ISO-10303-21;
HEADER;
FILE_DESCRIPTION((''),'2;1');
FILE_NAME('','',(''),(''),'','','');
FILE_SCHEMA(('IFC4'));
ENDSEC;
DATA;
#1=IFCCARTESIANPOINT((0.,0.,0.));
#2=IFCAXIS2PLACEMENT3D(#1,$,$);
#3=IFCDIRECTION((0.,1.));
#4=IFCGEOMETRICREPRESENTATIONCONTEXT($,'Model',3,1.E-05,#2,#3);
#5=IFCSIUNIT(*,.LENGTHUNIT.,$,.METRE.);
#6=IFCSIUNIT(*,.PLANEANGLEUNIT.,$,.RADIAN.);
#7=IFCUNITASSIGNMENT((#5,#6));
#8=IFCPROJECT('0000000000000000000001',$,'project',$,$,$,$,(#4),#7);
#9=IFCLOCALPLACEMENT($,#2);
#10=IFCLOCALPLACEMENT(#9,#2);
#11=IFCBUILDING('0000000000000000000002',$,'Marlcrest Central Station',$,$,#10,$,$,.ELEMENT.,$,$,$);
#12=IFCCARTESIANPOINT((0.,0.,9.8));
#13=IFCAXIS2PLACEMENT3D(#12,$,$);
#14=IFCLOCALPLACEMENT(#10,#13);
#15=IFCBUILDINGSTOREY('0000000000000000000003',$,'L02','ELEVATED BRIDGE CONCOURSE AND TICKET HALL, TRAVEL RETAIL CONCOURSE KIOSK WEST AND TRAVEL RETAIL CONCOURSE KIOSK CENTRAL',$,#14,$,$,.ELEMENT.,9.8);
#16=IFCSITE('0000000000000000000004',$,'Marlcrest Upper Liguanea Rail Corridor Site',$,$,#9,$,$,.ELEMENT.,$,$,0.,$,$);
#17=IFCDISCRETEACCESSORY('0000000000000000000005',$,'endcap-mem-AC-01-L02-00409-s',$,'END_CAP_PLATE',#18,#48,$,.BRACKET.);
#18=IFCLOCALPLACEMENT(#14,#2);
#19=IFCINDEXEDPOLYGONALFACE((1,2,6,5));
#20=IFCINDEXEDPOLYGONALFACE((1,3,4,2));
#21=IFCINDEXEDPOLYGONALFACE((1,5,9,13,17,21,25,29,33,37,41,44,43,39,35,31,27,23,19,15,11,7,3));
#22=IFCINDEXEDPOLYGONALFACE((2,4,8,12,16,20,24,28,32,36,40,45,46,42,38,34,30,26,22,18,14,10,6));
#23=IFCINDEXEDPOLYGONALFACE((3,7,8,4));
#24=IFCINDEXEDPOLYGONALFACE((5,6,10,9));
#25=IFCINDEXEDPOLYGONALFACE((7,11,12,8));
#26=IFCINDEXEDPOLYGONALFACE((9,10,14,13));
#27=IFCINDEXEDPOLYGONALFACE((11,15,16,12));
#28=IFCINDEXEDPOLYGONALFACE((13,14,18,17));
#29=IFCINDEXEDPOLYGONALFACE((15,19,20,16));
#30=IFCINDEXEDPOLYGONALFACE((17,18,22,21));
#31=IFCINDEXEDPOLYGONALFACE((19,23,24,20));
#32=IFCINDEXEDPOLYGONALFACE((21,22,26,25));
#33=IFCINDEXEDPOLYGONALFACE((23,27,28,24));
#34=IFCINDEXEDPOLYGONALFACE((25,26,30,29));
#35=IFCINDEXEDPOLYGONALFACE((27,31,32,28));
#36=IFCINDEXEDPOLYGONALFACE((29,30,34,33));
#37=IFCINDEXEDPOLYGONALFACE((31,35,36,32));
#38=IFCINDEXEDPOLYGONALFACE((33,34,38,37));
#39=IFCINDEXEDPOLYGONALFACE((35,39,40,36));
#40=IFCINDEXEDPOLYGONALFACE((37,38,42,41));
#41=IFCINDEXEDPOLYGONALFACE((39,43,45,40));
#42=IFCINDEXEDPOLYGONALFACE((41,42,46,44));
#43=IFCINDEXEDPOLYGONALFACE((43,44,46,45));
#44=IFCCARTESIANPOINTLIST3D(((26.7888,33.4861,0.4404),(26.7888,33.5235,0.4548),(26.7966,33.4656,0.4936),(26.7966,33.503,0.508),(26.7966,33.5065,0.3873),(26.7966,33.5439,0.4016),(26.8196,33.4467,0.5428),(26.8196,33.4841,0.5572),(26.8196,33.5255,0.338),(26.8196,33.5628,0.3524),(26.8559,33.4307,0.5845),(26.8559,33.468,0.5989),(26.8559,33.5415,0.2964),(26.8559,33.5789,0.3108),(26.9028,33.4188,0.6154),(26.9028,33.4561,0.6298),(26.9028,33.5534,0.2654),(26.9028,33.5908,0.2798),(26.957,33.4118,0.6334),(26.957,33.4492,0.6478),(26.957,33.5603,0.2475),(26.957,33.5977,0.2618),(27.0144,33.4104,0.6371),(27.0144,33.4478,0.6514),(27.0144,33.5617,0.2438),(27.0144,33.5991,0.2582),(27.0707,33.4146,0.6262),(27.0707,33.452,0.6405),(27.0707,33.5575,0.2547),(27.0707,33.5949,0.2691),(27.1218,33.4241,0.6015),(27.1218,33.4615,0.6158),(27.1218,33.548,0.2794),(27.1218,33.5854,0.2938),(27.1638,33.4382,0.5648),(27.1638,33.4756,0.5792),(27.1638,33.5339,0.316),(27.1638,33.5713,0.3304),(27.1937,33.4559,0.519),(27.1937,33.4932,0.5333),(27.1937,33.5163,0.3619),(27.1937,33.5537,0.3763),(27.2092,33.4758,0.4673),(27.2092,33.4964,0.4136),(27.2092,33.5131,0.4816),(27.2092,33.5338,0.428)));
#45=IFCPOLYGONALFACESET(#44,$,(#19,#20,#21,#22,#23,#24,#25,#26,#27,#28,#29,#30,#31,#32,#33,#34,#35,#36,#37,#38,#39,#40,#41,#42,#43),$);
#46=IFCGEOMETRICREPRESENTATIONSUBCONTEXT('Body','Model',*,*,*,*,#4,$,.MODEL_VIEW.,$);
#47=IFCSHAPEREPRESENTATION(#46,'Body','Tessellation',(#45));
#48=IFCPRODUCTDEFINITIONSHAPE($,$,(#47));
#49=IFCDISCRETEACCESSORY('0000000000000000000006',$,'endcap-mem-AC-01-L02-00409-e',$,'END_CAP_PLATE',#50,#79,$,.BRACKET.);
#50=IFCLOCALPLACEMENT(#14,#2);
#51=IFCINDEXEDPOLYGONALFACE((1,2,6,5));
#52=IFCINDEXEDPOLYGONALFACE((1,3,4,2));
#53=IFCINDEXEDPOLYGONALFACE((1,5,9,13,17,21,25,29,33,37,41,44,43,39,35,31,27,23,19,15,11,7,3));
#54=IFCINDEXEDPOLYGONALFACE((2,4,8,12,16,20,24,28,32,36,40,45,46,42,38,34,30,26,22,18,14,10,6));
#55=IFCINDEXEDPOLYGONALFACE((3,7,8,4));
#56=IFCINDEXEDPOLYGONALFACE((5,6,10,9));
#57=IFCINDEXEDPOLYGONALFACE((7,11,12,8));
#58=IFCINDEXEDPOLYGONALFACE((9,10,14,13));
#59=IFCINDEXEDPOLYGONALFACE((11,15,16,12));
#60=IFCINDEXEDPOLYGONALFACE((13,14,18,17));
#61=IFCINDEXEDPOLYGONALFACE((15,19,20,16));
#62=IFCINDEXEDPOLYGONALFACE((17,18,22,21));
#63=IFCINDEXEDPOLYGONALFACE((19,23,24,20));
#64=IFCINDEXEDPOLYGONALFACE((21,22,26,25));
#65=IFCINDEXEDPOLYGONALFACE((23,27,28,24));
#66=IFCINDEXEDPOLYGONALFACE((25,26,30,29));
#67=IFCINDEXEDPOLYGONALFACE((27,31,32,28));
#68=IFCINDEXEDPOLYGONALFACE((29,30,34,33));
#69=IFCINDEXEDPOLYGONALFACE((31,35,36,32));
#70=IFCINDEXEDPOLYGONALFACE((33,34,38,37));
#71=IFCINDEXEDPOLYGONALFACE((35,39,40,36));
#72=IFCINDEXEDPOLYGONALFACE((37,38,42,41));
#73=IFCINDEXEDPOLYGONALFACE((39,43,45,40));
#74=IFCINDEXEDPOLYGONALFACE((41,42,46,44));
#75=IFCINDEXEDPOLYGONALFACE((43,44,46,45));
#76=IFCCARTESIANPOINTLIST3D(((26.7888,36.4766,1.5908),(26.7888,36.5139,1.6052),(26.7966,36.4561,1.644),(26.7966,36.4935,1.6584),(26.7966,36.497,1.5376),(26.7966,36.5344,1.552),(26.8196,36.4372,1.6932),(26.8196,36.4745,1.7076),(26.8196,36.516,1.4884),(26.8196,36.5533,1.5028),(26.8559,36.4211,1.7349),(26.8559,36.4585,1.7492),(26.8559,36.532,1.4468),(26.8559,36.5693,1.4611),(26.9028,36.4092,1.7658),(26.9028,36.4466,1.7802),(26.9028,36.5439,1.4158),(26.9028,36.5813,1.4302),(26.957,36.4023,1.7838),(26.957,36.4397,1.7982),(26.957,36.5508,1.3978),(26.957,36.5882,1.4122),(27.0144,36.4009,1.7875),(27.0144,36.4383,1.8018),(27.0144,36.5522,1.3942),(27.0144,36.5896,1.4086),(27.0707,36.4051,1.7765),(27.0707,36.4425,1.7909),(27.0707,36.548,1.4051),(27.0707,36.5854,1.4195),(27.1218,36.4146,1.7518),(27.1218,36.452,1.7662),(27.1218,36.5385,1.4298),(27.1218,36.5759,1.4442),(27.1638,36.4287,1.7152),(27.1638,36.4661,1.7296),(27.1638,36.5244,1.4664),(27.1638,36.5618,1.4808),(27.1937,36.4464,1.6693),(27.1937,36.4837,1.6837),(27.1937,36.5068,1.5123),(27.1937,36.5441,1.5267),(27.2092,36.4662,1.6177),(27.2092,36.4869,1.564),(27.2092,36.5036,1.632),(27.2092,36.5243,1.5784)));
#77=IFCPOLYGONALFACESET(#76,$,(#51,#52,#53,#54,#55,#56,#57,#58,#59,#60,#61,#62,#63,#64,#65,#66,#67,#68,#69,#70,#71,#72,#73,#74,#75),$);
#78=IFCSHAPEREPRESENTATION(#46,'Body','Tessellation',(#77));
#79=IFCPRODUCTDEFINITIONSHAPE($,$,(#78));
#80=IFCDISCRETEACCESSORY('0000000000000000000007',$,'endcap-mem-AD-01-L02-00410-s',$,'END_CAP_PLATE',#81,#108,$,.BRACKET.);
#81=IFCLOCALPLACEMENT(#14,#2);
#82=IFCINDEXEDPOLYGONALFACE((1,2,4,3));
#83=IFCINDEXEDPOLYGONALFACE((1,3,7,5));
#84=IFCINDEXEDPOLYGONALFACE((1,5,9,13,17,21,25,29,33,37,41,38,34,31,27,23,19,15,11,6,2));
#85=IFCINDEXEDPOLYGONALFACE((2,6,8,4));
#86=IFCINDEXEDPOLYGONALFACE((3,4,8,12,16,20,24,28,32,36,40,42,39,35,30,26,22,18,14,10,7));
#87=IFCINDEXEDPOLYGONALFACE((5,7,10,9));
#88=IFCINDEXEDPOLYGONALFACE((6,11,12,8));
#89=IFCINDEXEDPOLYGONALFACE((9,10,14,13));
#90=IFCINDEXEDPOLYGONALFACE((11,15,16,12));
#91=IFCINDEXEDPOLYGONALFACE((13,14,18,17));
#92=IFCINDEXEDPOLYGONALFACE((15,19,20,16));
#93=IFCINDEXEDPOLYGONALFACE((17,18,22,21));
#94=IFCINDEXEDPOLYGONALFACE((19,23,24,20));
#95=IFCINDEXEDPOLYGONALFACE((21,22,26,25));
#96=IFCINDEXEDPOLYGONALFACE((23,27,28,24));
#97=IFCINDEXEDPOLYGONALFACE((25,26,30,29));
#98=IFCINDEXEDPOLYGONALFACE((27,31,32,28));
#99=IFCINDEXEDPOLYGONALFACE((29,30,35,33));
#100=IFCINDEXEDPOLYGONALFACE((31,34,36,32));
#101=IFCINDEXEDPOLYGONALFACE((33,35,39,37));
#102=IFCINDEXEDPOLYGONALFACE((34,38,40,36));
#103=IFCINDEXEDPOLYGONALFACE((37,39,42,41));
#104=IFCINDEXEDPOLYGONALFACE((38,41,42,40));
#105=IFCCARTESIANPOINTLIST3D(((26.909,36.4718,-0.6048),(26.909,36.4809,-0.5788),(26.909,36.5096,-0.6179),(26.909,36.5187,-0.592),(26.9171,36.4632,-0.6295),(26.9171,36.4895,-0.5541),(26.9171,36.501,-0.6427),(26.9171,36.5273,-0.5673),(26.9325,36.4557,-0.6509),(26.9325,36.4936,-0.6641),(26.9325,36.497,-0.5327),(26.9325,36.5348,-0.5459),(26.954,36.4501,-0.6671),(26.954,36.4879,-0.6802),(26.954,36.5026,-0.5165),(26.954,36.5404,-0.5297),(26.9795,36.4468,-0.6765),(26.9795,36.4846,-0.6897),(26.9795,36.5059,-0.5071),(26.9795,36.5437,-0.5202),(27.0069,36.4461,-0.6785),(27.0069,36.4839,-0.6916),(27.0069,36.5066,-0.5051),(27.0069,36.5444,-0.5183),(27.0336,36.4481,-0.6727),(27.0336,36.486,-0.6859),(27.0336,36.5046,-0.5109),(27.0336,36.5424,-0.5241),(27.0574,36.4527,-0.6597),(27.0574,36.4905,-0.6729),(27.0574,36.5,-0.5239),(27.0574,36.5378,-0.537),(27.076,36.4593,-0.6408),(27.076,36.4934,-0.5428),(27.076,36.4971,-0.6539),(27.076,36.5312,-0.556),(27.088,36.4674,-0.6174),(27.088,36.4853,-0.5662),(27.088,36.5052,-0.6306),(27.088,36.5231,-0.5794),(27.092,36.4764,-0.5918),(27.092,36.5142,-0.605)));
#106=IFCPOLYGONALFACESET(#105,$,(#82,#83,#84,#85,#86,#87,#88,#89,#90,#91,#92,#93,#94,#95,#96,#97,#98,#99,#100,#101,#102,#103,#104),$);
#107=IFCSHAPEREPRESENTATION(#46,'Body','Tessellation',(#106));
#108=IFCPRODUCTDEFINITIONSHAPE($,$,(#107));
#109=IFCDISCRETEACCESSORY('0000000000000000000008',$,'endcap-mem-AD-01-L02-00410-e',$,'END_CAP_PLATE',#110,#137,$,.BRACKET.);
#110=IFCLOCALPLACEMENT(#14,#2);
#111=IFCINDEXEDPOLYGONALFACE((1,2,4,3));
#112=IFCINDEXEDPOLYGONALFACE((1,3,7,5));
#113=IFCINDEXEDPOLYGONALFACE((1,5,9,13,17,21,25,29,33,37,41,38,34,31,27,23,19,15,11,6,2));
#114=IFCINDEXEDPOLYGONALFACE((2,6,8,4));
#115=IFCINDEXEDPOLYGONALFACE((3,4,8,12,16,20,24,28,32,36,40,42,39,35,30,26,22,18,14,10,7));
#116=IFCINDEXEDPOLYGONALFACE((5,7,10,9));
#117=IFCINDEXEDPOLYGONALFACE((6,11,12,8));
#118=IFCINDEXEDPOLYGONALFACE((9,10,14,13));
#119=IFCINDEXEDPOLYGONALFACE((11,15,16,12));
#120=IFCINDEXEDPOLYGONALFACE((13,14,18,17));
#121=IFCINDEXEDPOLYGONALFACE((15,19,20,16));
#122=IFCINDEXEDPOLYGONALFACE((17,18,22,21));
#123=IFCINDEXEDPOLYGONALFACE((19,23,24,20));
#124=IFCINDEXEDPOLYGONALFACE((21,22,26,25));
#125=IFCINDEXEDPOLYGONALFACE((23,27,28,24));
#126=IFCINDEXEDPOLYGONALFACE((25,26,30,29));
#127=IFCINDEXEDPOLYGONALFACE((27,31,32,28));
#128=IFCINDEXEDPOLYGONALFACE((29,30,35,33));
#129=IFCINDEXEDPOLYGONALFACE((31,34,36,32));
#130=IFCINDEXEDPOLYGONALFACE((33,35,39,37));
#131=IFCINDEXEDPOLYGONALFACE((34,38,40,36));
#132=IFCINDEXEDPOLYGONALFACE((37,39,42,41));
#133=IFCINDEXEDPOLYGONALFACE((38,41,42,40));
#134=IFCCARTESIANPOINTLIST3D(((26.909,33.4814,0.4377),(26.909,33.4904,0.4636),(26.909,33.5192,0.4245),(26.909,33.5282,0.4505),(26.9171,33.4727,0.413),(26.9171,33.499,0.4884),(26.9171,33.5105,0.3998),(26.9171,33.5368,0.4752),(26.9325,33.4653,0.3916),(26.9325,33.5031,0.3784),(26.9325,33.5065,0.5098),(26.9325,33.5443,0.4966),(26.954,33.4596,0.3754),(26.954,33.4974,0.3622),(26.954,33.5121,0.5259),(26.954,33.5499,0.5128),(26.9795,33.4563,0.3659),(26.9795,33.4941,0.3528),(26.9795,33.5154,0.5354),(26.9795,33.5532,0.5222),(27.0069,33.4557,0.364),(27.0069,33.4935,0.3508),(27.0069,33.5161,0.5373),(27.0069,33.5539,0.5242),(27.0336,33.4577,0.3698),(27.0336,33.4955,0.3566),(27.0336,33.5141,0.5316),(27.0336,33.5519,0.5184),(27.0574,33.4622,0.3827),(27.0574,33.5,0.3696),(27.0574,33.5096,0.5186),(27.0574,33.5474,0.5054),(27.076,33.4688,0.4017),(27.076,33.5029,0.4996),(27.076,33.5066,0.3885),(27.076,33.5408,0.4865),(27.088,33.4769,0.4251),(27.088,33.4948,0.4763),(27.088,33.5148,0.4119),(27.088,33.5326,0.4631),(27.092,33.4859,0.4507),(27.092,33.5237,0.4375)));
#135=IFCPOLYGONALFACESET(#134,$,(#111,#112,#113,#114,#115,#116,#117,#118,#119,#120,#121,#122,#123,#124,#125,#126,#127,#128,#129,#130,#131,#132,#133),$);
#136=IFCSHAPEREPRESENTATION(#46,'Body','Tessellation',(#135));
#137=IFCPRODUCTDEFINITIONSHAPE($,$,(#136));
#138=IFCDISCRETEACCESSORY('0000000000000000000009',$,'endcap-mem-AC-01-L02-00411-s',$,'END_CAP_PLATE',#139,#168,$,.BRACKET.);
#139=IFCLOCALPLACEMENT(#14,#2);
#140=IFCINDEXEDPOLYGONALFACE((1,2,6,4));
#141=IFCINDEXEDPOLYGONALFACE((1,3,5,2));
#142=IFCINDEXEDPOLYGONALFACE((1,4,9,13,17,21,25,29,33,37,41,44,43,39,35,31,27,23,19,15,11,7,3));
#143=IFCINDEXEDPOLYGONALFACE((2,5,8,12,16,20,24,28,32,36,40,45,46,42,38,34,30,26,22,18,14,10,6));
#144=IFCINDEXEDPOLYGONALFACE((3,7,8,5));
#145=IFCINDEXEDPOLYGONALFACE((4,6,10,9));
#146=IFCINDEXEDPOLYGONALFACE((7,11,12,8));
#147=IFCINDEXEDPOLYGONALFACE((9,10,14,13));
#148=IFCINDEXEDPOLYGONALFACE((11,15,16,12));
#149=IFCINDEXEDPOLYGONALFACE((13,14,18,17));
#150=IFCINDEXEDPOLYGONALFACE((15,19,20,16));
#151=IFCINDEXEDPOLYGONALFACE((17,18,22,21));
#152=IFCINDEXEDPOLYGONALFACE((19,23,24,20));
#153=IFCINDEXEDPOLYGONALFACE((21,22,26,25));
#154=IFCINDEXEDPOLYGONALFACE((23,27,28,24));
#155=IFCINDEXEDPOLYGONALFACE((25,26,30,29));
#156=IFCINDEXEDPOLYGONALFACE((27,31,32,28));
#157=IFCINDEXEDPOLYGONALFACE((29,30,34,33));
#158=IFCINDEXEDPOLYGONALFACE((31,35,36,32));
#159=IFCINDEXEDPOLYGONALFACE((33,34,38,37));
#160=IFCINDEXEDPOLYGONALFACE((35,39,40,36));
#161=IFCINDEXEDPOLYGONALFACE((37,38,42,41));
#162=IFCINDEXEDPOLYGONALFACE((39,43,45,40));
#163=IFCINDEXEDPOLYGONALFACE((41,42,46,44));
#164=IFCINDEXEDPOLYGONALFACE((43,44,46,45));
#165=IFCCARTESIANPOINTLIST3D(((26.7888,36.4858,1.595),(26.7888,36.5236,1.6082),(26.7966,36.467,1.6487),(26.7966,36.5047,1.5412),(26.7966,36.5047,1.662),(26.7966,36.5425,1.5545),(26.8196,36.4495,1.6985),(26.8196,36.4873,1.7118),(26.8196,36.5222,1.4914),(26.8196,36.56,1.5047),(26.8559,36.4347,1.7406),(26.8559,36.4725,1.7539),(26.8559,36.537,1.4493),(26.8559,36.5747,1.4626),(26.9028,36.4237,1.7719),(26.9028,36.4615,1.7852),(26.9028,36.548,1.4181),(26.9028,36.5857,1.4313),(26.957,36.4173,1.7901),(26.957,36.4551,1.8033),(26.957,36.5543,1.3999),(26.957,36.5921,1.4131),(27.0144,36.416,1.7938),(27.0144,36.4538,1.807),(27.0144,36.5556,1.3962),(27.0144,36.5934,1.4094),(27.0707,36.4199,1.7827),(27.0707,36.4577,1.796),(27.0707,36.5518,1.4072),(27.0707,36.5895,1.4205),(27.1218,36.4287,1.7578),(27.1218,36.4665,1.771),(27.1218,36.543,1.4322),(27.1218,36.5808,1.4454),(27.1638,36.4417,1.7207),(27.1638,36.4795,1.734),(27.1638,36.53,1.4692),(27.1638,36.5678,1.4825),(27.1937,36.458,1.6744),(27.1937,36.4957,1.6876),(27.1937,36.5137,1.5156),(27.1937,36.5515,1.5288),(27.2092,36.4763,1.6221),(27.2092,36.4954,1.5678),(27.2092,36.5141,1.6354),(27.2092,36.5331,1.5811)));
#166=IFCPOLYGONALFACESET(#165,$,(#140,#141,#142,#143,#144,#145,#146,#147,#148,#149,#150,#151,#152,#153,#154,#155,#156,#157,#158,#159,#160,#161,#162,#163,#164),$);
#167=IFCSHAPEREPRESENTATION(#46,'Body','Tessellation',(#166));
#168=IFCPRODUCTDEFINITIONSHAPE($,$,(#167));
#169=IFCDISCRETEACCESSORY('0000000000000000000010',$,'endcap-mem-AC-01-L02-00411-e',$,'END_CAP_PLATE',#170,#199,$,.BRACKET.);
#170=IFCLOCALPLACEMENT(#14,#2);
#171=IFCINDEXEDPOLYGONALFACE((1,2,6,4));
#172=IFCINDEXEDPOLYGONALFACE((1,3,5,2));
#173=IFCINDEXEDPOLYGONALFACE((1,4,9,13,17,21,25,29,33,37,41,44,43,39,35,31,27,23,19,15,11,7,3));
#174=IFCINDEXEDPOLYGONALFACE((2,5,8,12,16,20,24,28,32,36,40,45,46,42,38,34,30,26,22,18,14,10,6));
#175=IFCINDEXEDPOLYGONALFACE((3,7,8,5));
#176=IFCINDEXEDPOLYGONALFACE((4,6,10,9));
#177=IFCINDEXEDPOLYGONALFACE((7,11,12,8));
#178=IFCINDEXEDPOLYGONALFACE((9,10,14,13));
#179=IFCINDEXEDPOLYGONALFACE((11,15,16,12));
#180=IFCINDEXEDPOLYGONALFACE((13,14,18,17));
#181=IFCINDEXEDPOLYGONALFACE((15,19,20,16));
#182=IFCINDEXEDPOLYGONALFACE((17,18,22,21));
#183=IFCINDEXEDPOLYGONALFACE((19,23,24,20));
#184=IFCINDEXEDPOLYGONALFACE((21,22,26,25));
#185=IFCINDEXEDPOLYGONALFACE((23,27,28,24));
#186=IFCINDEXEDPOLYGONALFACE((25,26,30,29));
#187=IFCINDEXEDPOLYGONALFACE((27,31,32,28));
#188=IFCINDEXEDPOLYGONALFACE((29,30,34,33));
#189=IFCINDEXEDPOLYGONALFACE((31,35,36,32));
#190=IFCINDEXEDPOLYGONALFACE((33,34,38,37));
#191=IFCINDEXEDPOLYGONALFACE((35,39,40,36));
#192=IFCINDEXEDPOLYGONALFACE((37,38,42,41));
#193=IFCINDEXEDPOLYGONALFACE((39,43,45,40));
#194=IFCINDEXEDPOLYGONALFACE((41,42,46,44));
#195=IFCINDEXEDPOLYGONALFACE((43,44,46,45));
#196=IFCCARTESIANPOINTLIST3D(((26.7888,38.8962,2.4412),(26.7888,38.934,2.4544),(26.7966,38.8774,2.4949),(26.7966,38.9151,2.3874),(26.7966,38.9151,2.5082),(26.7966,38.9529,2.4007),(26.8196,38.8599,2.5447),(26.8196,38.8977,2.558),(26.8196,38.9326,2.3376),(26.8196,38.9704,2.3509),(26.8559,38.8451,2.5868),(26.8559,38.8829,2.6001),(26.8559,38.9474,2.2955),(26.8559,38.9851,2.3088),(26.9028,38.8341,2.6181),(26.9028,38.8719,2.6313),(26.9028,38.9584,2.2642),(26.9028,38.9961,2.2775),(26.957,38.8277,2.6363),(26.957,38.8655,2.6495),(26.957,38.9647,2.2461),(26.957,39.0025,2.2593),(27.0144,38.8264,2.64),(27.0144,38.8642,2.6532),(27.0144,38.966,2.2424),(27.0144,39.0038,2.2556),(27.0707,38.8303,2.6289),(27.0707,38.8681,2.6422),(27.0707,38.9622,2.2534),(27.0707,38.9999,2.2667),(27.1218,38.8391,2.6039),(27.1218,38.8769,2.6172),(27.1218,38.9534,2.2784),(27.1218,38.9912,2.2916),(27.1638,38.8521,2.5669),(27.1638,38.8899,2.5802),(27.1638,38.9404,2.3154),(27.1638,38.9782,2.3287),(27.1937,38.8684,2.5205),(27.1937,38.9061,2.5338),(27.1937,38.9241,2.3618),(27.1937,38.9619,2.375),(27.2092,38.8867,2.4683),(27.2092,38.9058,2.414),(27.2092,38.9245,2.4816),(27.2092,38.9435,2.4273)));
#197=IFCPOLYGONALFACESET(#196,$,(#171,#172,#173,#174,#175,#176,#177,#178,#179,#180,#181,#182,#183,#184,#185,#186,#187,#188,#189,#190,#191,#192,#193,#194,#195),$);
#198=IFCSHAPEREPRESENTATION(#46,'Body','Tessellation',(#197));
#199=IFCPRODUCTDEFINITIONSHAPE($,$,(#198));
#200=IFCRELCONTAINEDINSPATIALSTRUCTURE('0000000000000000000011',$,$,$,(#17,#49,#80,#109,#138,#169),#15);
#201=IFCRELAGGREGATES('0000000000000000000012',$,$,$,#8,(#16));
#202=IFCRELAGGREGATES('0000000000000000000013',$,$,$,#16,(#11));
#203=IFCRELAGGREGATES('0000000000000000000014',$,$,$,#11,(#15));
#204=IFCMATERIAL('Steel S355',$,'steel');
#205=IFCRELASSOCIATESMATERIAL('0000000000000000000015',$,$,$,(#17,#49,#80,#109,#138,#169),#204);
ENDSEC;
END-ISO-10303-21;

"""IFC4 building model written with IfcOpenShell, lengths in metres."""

from ifc_helpers import new_model, si_unit, direction, frame, origin, origin_2d, place, context, subcontext, project, spatial, circle, extrude, material, element, save


model = new_model("IFC4")

# Units and contexts
model_context = context("Model", 3, precision=1e-05, world=origin(), true_north=direction((0.0, 1.0)))
body_context = subcontext(model_context, "Body", "Model", "MODEL_VIEW")
ifc_project = project(units=[si_unit("LENGTHUNIT", "METRE"), si_unit("PLANEANGLEUNIT", "RADIAN")], contexts=[model_context])

# Site, building, storey
site_placement = place(None, origin())
site = spatial("IfcSite", under=ifc_project, at=site_placement, Name="Marlcrest Upper Liguanea Rail Corridor Site", CompositionType="ELEMENT", RefElevation=0.0)
building_placement = place(site_placement, origin())
building = spatial("IfcBuilding", under=site, at=building_placement, Name="Marlcrest Central Station", CompositionType="ELEMENT")
storey_placement = place(building_placement, frame((0.0, 0.0, 9.8)))
storey = spatial("IfcBuildingStorey", under=building, at=storey_placement, Name="L02", Description="ELEVATED BRIDGE CONCOURSE AND TICKET HALL, TRAVEL RETAIL CONCOURSE KIOSK WEST AND TRAVEL RETAIL CONCOURSE KIOSK CENTRAL", CompositionType="ELEMENT", Elevation=9.8)

# Shared definitions
ifc_material_1 = material(Name="Steel S355", Category="steel")

# Discrete accessories
for number, where, z_axis, x_axis, name in (
    (1, (27.0, 33.4861, 0.4404), (0.0, 0.933324, 0.359035), (-1.0, 0.0, 0.0), "endcap-mem-AC-01-L02-00409-s"),
    (2, (27.0, 36.4766, 1.5908), (0.0, 0.933324, 0.359035), (-1.0, 0.0, 0.0), "endcap-mem-AC-01-L02-00409-e"),
):
    element("IfcDiscreteAccessory", number, at=place(storey_placement, frame(where, z_axis=z_axis, x_axis=x_axis)), inside=storey, material=ifc_material_1, Name=name, ObjectType="END_CAP_PLATE", PredefinedType="BRACKET", context=body_context, shape_type="SweptSolid", body=[
        extrude(circle(Radius=0.2112, at=origin_2d()), origin(), (0.0, 0.0, 1.0), 0.04),
    ])
for number, where, z_axis, x_axis, name in (
    (3, (27.0, 36.5142, -0.605), (0.0, -0.94426, 0.3292), (1.0, 0.0, 0.0), "endcap-mem-AD-01-L02-00410-s"),
    (4, (27.0, 33.5237, 0.4375), (0.0, -0.94426, 0.3292), (1.0, 0.0, 0.0), "endcap-mem-AD-01-L02-00410-e"),
):
    element("IfcDiscreteAccessory", number, at=place(storey_placement, frame(where, z_axis=z_axis, x_axis=x_axis)), inside=storey, material=ifc_material_1, Name=name, ObjectType="END_CAP_PLATE", PredefinedType="BRACKET", context=body_context, shape_type="SweptSolid", body=[
        extrude(circle(Radius=0.092, at=origin_2d()), origin(), (0.0, 0.0, 1.0), 0.04),
    ])
for number, where, z_axis, x_axis, name in (
    (5, (27.0, 36.4858, 1.595), (0.0, 0.943537, 0.331266), (-1.0, 0.0, 0.0), "endcap-mem-AC-01-L02-00411-s"),
    (6, (27.0, 38.8962, 2.4412), (0.0, 0.943537, 0.331266), (-1.0, 0.0, 0.0), "endcap-mem-AC-01-L02-00411-e"),
):
    element("IfcDiscreteAccessory", number, at=place(storey_placement, frame(where, z_axis=z_axis, x_axis=x_axis)), inside=storey, material=ifc_material_1, Name=name, ObjectType="END_CAP_PLATE", PredefinedType="BRACKET", context=body_context, shape_type="SweptSolid", body=[
        extrude(circle(Radius=0.2112, at=origin_2d()), origin(), (0.0, 0.0, 1.0), 0.04),
    ])

save(model, "model.ifc")
